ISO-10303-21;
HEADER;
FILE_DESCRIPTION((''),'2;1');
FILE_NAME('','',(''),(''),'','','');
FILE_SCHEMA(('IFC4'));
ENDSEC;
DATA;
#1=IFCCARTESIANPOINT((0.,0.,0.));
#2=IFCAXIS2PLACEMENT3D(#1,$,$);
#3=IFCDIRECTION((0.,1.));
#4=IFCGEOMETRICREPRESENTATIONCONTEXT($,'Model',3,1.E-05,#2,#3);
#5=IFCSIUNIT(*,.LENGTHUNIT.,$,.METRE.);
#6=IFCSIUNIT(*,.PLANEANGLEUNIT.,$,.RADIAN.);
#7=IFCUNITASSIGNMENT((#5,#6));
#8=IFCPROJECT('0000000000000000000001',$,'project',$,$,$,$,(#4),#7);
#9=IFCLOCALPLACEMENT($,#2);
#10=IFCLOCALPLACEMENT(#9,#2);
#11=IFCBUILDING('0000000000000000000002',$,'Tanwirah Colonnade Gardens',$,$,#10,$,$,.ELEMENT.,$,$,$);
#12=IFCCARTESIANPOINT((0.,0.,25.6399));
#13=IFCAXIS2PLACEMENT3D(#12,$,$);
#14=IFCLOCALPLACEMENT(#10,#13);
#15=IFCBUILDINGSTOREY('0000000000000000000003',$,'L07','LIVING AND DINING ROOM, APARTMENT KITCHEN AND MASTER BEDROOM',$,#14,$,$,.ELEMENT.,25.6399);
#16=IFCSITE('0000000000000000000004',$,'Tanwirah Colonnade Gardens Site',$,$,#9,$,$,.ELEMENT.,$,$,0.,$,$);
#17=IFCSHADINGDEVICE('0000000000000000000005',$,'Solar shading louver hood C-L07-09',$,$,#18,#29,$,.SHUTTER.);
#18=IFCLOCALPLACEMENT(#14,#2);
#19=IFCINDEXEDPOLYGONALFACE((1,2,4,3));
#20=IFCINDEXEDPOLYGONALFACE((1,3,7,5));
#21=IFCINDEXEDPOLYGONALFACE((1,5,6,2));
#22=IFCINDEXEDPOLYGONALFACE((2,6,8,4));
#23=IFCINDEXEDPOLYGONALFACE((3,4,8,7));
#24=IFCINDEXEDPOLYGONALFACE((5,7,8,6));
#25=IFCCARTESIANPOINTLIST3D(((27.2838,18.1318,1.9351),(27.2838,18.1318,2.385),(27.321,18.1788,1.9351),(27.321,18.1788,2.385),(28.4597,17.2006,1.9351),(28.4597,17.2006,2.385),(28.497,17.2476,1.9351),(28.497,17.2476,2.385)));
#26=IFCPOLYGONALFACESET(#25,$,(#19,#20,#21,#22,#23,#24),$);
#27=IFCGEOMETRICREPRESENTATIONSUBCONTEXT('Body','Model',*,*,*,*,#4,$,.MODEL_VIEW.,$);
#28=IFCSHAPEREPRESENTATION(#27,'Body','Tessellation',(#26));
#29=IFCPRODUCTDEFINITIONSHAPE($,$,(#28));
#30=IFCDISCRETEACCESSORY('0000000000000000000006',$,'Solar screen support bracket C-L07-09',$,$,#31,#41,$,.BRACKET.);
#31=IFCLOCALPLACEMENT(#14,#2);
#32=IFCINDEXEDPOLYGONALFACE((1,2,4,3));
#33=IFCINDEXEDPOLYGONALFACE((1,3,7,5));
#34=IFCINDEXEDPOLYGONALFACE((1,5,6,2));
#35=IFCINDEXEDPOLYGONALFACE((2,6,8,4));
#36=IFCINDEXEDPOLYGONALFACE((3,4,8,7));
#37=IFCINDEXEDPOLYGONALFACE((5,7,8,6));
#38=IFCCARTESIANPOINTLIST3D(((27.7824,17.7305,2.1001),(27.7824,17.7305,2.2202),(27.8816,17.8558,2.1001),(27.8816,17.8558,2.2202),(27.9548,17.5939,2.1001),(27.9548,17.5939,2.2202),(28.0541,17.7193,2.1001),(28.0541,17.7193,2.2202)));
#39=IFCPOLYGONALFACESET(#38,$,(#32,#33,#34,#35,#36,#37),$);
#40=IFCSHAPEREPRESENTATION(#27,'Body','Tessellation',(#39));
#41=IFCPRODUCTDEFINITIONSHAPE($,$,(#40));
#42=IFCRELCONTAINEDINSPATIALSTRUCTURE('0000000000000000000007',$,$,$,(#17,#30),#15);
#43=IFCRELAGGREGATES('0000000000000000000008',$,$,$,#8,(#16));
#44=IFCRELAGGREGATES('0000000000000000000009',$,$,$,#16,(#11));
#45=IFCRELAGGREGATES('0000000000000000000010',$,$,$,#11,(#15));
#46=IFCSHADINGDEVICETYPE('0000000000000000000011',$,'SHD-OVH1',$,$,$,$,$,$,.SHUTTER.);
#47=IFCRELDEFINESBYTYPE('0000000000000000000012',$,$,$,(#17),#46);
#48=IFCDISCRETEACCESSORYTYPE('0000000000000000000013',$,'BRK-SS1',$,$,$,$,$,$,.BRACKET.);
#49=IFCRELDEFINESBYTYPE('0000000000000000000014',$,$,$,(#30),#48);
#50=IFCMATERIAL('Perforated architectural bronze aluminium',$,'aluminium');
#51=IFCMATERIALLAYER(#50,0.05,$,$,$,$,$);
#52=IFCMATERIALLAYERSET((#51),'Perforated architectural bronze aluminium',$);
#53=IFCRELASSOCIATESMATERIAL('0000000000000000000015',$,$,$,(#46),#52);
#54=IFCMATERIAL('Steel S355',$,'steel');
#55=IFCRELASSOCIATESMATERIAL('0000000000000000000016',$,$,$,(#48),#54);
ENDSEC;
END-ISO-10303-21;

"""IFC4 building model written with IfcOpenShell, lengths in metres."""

from ifc_helpers import new_model, si_unit, direction, frame, origin, origin_2d, place, context, subcontext, project, spatial, rectangle, extrude, material, layer, layer_set, type_object, element, save


model = new_model("IFC4")

# Units and contexts
model_context = context("Model", 3, precision=1e-05, world=origin(), true_north=direction((0.0, 1.0)))
body_context = subcontext(model_context, "Body", "Model", "MODEL_VIEW")
ifc_project = project(units=[si_unit("LENGTHUNIT", "METRE"), si_unit("PLANEANGLEUNIT", "RADIAN")], contexts=[model_context])

# Site, building, storey
site_placement = place(None, origin())
site = spatial("IfcSite", under=ifc_project, at=site_placement, Name="Tanwirah Colonnade Gardens Site", CompositionType="ELEMENT", RefElevation=0.0)
building_placement = place(site_placement, origin())
building = spatial("IfcBuilding", under=site, at=building_placement, Name="Tanwirah Colonnade Gardens", CompositionType="ELEMENT")
storey_placement = place(building_placement, frame((0.0, 0.0, 25.6399)))
storey = spatial("IfcBuildingStorey", under=building, at=storey_placement, Name="L07", Description="LIVING AND DINING ROOM, APARTMENT KITCHEN AND MASTER BEDROOM", CompositionType="ELEMENT", Elevation=25.6399)

# Shading device
ifc_material_1 = material(Name="Perforated architectural bronze aluminium", Category="aluminium")
ifc_layer_1 = layer(ifc_material_1, 0.05)
ifc_layer_set_1 = layer_set([ifc_layer_1], Name="Perforated architectural bronze aluminium")
shading_device_type = type_object("IfcShadingDeviceType", Name="SHD-OVH1", PredefinedType="SHUTTER", material=ifc_layer_set_1)
shading_device_placement = place(storey_placement, frame((27.8904, 17.6897, 1.9351), z_axis=(0.0, 0.0, 1.0), x_axis=(0.783965, -0.620805, 0.0)))
element("IfcShadingDevice", 1, at=shading_device_placement, inside=storey, type_object=shading_device_type, Name="Solar shading louver hood C-L07-09", PredefinedType="SHUTTER", context=body_context, shape_type="SweptSolid", body=[
    extrude(rectangle(XDim=1.5, YDim=0.0601, at=origin_2d()), origin(), (0.0, 0.0, 1.0), 0.45),
])

# Discrete accessory
ifc_material_2 = material(Name="Steel S355", Category="steel")
discrete_accessory_type = type_object("IfcDiscreteAccessoryType", Name="BRK-SS1", PredefinedType="BRACKET", material=ifc_material_2)
discrete_accessory_placement = place(storey_placement, frame((27.9182, 17.7249, 2.1001), z_axis=(0.0, 0.0, 1.0), x_axis=(0.783965, -0.620805, 0.0)))
element("IfcDiscreteAccessory", 2, at=discrete_accessory_placement, inside=storey, type_object=discrete_accessory_type, Name="Solar screen support bracket C-L07-09", PredefinedType="BRACKET", context=body_context, shape_type="SweptSolid", body=[
    extrude(rectangle(XDim=0.22, YDim=0.1599, at=origin_2d()), origin(), (0.0, 0.0, 1.0), 0.1201),
])

save(model, "model.ifc")
